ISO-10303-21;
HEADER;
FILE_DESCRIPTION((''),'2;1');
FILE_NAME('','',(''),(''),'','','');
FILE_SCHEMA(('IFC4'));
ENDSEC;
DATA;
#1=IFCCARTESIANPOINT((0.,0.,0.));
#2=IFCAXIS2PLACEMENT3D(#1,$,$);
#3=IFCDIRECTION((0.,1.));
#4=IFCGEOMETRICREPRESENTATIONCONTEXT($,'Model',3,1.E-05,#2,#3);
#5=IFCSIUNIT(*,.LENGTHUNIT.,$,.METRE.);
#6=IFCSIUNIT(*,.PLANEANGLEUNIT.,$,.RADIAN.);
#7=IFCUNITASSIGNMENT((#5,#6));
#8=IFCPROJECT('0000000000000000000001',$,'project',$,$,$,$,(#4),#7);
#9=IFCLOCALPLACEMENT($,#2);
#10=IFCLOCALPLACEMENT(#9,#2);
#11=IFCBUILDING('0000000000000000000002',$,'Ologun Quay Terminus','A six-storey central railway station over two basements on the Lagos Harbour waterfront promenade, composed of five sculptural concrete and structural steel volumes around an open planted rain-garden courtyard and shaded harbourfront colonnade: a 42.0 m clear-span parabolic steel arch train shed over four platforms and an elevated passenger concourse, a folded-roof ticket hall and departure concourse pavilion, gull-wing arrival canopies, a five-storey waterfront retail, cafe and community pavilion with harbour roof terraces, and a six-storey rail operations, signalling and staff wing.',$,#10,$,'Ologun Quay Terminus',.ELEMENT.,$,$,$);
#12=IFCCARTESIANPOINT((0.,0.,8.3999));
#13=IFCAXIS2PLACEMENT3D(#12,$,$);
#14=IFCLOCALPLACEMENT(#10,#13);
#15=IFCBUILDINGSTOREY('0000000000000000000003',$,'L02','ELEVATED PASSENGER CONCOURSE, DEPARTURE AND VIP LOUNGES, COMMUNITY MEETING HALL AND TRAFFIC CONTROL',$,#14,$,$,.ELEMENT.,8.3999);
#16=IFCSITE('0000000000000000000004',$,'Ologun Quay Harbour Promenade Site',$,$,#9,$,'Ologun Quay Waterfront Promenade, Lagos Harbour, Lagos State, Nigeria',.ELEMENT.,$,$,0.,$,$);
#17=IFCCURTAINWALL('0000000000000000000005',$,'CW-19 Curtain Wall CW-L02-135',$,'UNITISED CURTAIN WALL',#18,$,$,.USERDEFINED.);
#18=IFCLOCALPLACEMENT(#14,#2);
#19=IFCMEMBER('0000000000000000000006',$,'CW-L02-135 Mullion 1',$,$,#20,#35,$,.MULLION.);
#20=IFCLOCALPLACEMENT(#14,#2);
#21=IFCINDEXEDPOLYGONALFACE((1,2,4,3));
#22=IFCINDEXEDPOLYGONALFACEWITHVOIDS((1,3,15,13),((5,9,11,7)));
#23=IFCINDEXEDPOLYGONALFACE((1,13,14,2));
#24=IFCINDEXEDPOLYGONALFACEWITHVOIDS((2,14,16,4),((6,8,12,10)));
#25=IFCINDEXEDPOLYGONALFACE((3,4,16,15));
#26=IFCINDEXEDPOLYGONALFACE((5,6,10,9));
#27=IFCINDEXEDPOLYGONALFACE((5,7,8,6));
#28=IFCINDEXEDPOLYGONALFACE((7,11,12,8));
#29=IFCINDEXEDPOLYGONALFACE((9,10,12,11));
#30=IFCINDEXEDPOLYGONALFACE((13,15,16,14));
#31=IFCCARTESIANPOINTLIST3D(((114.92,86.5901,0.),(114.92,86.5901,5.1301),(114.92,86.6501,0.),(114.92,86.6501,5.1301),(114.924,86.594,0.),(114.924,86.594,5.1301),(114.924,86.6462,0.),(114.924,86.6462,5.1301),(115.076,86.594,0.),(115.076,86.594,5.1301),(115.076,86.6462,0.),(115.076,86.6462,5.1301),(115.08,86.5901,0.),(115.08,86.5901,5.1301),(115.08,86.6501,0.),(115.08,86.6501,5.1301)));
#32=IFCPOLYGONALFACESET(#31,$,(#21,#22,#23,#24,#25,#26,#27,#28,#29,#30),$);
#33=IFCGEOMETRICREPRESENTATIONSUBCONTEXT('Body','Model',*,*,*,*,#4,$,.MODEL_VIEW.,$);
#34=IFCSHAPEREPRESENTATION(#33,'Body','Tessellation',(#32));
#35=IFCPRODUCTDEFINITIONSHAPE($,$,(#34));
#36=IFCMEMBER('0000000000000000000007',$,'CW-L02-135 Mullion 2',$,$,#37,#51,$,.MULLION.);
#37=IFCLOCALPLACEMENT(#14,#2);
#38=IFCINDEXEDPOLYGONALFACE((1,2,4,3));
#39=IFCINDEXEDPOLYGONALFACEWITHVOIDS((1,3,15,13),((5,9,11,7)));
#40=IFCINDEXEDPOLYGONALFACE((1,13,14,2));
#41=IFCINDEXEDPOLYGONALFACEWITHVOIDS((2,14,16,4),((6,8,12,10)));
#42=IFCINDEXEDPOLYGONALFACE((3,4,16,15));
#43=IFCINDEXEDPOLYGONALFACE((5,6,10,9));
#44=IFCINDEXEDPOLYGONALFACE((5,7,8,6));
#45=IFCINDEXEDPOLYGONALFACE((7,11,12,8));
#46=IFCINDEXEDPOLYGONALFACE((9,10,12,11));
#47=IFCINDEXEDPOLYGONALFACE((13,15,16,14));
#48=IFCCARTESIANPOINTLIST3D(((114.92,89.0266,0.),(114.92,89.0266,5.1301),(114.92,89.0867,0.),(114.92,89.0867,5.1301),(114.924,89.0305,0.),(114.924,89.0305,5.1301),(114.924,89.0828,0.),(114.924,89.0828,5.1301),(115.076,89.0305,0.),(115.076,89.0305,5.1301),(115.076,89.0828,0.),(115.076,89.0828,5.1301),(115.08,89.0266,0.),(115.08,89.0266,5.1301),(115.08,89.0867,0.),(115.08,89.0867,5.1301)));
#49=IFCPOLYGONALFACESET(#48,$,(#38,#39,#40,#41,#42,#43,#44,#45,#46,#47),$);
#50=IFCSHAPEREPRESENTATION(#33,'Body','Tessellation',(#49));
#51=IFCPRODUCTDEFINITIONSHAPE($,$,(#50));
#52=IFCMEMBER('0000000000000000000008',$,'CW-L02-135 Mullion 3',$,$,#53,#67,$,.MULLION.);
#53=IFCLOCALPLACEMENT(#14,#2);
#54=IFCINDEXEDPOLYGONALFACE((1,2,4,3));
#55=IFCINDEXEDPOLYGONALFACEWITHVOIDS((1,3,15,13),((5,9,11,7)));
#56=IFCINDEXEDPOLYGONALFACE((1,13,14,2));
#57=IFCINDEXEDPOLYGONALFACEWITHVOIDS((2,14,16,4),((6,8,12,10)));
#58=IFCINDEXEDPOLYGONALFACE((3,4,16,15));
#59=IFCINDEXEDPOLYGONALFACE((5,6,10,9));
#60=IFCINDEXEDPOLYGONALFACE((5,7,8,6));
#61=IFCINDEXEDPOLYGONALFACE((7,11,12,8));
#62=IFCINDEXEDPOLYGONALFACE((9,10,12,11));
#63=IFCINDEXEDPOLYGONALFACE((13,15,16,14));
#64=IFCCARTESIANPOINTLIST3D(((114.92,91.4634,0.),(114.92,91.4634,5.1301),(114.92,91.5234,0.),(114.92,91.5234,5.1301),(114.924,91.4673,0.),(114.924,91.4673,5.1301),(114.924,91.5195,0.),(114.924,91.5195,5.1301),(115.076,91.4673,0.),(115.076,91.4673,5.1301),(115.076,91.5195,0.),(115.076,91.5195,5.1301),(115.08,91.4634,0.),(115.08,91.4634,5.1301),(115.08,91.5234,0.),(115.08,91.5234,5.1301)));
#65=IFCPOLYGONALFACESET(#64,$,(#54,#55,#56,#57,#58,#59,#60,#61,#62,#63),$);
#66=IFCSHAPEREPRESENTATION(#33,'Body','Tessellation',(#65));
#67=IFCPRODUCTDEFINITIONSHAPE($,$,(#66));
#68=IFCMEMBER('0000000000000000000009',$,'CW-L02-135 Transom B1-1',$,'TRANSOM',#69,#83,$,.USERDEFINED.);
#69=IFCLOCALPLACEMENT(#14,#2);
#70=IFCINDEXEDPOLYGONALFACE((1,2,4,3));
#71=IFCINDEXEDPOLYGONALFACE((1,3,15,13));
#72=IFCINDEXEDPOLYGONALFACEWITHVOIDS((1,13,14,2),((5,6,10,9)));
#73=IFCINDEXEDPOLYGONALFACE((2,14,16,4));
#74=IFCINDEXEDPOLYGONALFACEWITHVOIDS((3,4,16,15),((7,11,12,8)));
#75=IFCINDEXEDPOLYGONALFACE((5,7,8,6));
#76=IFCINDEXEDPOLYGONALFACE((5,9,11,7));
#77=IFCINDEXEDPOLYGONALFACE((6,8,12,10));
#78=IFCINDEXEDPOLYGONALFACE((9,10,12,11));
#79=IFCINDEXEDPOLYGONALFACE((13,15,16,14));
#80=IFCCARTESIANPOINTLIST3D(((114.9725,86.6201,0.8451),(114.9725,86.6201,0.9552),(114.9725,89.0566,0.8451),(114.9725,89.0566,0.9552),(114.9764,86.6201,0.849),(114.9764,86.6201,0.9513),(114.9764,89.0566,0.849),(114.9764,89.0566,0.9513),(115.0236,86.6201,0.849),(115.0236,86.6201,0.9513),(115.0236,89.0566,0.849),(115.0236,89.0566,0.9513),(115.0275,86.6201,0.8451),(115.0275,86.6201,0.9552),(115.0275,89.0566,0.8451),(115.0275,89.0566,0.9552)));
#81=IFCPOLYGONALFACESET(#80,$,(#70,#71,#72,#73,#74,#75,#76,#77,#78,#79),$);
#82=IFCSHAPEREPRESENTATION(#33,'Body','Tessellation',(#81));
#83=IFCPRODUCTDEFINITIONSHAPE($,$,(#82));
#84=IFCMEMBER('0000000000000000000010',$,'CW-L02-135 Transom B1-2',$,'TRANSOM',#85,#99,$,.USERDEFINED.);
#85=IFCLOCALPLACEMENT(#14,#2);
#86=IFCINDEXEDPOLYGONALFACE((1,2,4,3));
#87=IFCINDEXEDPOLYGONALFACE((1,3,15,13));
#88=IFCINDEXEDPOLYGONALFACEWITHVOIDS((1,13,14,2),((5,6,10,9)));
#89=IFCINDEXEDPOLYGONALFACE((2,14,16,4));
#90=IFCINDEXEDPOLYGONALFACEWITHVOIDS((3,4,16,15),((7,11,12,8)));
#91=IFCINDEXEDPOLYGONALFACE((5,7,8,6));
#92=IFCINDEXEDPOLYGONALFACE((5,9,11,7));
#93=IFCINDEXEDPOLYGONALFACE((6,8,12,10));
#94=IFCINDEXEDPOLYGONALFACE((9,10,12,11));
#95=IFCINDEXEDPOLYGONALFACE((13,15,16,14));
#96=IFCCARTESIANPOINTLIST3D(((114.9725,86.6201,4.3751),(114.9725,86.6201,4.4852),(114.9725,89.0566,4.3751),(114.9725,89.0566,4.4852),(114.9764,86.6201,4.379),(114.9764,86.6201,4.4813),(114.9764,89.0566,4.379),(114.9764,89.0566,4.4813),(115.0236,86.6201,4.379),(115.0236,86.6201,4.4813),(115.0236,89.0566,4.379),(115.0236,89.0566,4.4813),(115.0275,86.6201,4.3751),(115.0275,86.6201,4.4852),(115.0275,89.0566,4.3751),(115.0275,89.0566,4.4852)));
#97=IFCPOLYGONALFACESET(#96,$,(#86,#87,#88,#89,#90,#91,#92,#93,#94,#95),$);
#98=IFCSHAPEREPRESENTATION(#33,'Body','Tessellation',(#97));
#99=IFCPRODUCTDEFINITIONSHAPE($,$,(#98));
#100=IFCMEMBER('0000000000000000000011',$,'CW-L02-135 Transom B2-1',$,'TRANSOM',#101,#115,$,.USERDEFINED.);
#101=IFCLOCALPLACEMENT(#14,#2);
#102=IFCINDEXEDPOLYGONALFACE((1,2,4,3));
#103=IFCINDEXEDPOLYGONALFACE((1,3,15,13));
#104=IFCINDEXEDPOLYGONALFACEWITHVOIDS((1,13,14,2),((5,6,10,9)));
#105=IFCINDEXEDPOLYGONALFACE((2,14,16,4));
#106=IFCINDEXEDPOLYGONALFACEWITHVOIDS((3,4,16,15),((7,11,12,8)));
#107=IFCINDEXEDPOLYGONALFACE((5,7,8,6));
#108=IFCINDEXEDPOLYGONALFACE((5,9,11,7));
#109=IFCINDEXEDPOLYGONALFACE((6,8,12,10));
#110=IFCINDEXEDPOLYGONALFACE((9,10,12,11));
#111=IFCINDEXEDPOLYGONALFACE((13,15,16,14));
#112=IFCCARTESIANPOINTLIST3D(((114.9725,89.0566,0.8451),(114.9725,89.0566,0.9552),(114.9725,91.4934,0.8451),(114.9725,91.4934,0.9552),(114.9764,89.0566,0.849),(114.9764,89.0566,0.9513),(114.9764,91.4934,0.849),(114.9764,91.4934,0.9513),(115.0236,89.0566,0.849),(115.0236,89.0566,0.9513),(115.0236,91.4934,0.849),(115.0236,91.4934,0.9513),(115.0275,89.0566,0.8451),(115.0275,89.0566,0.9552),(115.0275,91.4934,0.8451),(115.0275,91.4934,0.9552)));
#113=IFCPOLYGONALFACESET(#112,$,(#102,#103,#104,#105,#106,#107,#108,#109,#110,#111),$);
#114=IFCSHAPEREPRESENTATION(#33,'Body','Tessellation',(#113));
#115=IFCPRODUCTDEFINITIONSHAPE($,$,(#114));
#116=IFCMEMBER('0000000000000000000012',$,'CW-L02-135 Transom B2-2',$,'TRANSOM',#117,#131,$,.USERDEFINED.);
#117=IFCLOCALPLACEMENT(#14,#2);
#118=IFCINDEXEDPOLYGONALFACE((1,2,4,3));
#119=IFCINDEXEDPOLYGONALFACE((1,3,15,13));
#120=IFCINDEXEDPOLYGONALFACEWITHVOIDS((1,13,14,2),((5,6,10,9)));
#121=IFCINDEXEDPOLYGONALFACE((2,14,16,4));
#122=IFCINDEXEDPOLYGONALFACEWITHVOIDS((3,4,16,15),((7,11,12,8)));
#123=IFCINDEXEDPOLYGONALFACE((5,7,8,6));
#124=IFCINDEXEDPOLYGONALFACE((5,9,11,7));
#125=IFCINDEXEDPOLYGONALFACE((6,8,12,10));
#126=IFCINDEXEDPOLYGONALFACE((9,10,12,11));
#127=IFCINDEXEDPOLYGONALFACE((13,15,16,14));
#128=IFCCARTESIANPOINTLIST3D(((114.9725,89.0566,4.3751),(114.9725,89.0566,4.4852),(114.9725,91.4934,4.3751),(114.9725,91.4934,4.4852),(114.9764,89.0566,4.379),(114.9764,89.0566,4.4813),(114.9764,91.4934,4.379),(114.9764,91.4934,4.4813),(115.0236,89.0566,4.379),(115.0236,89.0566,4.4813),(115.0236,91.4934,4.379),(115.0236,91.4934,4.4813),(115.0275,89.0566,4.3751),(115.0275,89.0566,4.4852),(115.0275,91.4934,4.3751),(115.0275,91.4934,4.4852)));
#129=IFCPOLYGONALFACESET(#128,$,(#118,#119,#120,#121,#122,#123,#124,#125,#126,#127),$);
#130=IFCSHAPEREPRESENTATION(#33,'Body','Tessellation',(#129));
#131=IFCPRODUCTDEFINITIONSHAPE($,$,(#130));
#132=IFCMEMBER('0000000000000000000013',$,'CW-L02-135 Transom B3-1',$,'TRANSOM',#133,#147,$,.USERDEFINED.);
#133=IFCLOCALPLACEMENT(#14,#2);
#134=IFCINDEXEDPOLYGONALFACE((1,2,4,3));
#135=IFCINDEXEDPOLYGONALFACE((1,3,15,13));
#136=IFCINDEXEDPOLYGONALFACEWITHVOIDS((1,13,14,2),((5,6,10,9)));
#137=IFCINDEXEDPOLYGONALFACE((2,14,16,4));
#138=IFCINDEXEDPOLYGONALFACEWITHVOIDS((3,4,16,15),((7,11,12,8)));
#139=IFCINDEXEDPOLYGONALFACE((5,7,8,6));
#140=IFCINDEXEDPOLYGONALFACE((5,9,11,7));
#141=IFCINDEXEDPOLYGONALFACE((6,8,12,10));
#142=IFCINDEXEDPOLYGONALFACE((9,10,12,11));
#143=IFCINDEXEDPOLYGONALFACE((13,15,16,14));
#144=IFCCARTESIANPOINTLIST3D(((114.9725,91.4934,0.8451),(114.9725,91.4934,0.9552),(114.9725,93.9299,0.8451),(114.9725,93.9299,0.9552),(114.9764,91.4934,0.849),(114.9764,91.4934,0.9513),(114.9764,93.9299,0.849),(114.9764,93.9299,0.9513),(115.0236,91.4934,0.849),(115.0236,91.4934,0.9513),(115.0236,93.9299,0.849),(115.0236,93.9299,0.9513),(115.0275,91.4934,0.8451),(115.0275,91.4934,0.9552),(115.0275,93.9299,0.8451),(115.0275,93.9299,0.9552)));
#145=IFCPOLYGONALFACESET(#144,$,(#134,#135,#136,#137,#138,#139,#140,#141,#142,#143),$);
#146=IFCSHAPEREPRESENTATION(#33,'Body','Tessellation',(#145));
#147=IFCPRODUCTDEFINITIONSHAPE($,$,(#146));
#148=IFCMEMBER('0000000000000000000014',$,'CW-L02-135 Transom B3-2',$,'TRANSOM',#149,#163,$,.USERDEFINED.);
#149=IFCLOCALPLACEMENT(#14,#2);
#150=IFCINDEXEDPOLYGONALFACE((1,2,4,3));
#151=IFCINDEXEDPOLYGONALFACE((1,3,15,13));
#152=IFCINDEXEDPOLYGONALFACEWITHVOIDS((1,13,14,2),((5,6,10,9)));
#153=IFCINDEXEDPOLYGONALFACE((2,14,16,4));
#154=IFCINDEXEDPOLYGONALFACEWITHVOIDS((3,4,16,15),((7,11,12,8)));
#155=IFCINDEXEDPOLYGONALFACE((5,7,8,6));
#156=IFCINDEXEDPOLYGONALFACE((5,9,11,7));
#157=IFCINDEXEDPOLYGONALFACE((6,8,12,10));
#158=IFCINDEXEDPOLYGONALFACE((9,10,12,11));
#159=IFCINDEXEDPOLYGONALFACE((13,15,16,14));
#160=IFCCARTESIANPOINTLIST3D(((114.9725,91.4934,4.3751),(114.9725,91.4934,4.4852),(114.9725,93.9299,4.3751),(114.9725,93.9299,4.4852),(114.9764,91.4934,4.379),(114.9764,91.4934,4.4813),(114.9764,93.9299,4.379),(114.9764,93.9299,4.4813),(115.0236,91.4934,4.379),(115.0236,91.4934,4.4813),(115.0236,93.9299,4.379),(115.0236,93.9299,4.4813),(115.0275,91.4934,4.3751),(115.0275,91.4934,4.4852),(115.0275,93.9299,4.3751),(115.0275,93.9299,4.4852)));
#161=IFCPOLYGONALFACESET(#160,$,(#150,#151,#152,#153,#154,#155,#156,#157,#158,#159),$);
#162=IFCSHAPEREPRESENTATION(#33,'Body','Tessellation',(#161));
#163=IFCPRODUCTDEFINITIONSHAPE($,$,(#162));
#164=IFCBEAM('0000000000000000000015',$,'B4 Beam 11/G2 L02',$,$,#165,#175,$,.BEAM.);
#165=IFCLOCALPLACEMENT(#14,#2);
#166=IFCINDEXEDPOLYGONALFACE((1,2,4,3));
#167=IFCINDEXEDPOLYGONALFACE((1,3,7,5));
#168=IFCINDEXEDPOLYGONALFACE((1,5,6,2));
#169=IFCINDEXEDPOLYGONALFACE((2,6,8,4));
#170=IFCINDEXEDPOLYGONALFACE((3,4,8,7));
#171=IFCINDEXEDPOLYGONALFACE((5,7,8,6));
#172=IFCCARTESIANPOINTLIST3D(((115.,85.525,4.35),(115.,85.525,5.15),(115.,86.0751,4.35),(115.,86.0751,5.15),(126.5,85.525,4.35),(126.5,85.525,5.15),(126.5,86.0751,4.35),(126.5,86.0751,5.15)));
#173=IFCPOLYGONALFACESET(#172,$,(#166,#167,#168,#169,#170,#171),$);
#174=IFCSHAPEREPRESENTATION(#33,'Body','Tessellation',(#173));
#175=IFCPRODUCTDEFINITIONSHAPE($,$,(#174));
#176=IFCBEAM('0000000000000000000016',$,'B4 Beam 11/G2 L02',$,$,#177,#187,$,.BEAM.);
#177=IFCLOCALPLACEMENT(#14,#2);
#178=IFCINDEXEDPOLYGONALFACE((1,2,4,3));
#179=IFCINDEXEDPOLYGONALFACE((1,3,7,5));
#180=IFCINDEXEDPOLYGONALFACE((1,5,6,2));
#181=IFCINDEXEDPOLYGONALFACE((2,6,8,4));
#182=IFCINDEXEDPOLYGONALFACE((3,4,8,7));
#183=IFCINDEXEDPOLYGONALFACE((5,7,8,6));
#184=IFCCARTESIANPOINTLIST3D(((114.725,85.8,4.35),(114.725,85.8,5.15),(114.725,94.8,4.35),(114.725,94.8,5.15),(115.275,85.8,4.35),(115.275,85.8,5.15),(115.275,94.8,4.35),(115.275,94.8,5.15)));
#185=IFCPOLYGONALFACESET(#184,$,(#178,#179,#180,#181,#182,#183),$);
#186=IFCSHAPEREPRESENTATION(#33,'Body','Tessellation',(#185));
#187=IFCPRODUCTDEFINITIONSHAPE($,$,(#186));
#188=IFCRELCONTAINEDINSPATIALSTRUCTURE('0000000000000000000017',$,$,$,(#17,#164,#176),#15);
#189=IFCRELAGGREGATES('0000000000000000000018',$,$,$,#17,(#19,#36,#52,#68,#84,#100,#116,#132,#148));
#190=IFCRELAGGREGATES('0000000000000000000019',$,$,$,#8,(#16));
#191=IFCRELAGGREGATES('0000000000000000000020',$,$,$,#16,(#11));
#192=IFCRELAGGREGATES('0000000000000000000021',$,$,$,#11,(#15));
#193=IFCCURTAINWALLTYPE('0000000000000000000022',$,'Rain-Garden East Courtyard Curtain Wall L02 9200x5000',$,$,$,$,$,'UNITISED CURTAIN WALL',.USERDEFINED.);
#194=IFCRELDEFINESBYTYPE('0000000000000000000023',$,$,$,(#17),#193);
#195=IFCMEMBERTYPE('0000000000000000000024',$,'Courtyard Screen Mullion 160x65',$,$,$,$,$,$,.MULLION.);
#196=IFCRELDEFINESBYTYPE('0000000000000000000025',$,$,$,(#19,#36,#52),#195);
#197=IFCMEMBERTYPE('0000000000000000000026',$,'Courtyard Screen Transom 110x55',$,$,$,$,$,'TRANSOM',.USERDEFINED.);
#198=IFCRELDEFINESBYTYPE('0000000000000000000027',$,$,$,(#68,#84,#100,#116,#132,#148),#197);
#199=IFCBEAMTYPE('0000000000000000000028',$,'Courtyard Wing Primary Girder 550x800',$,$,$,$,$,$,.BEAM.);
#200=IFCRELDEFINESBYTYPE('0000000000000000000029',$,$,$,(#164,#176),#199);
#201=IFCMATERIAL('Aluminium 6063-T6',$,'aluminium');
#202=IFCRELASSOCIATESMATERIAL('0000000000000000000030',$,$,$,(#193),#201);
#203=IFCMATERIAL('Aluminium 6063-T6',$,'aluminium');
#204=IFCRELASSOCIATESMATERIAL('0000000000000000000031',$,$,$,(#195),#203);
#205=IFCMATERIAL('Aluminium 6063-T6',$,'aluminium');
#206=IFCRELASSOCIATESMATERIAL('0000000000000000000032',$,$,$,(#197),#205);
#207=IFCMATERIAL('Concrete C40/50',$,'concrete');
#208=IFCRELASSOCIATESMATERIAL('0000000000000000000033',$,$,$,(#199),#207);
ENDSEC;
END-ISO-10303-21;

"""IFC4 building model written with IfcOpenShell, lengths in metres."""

from ifc_helpers import new_model, si_unit, direction, frame, origin, origin_2d, place, context, subcontext, project, spatial, rectangle, hollow_rectangle, extrude, material, material_profile, profile_set, type_object, element, aggregate, save


model = new_model("IFC4")

# Units and contexts
model_context = context("Model", 3, precision=1e-05, world=origin(), true_north=direction((0.0, 1.0)))
body_context = subcontext(model_context, "Body", "Model", "MODEL_VIEW")
ifc_project = project(units=[si_unit("LENGTHUNIT", "METRE"), si_unit("PLANEANGLEUNIT", "RADIAN")], contexts=[model_context])

# Site, building, storey
site_placement = place(None, origin())
site = spatial("IfcSite", under=ifc_project, at=site_placement, Name="Ologun Quay Harbour Promenade Site", LongName="Ologun Quay Waterfront Promenade, Lagos Harbour, Lagos State, Nigeria", CompositionType="ELEMENT", RefElevation=0.0)
building_placement = place(site_placement, origin())
building = spatial("IfcBuilding", under=site, at=building_placement, Name="Ologun Quay Terminus", Description="A six-storey central railway station over two basements on the Lagos Harbour waterfront promenade, composed of five sculptural concrete and structural steel volumes around an open planted rain-garden courtyard and shaded harbourfront colonnade: a 42.0 m clear-span parabolic steel arch train shed over four platforms and an elevated passenger concourse, a folded-roof ticket hall and departure concourse pavilion, gull-wing arrival canopies, a five-storey waterfront retail, cafe and community pavilion with harbour roof terraces, and a six-storey rail operations, signalling and staff wing.", LongName="Ologun Quay Terminus", CompositionType="ELEMENT")
storey_placement = place(building_placement, frame((0.0, 0.0, 8.3999)))
storey = spatial("IfcBuildingStorey", under=building, at=storey_placement, Name="L02", Description="ELEVATED PASSENGER CONCOURSE, DEPARTURE AND VIP LOUNGES, COMMUNITY MEETING HALL AND TRAFFIC CONTROL", CompositionType="ELEMENT", Elevation=8.3999)

# Curtain wall, members
ifc_material_1 = material(Name="Aluminium 6063-T6", Category="aluminium")
curtain_wall_type = type_object("IfcCurtainWallType", Name="Rain-Garden East Courtyard Curtain Wall L02 9200x5000", ElementType="UNITISED CURTAIN WALL", PredefinedType="USERDEFINED", material=ifc_material_1)
curtain_wall_placement = place(storey_placement, origin())
curtain_wall = element("IfcCurtainWall", 1, at=curtain_wall_placement, inside=storey, type_object=curtain_wall_type, Name="CW-19 Curtain Wall CW-L02-135", ObjectType="UNITISED CURTAIN WALL", PredefinedType="USERDEFINED")
ifc_material_2 = material(Name="Aluminium 6063-T6", Category="aluminium")
ifc_material_profile_1 = material_profile(ifc_material_2, hollow_rectangle(XDim=0.0601, YDim=0.1599, WallThickness=0.0039, at=origin_2d()), Name="ALU 160x60x4")
ifc_profile_set_1 = profile_set([ifc_material_profile_1], Name="Aluminium 6063-T6")
member_type_1 = type_object("IfcMemberType", Name="Courtyard Screen Mullion 160x65", PredefinedType="MULLION", material=ifc_profile_set_1)
member_1_placement = place(storey_placement, frame((115.0, 86.6201, 0.0), z_axis=(0.0, 0.0, 1.0), x_axis=(0.0, 1.0, 0.0)))
member_1 = element("IfcMember", 2, at=member_1_placement, type_object=member_type_1, Name="CW-L02-135 Mullion 1", PredefinedType="MULLION", context=body_context, shape_type="SweptSolid", body=[
    extrude(hollow_rectangle(XDim=0.0601, YDim=0.1599, WallThickness=0.0039, at=origin_2d()), origin(), (0.0, 0.0, 1.0), 5.1301),
])
member_2_placement = place(storey_placement, frame((115.0, 89.0566, 0.0), z_axis=(0.0, 0.0, 1.0), x_axis=(0.0, 1.0, 0.0)))
member_2 = element("IfcMember", 3, at=member_2_placement, type_object=member_type_1, Name="CW-L02-135 Mullion 2", PredefinedType="MULLION", context=body_context, shape_type="SweptSolid", body=[
    extrude(hollow_rectangle(XDim=0.0601, YDim=0.1599, WallThickness=0.0039, at=origin_2d()), origin(), (0.0, 0.0, 1.0), 5.1301),
])
member_3_placement = place(storey_placement, frame((115.0, 91.4934, 0.0), z_axis=(0.0, 0.0, 1.0), x_axis=(0.0, 1.0, 0.0)))
member_3 = element("IfcMember", 4, at=member_3_placement, type_object=member_type_1, Name="CW-L02-135 Mullion 3", PredefinedType="MULLION", context=body_context, shape_type="SweptSolid", body=[
    extrude(hollow_rectangle(XDim=0.0601, YDim=0.1599, WallThickness=0.0039, at=origin_2d()), origin(), (0.0, 0.0, 1.0), 5.1301),
])
ifc_material_3 = material(Name="Aluminium 6063-T6", Category="aluminium")
ifc_material_profile_2 = material_profile(ifc_material_3, hollow_rectangle(XDim=0.0549, YDim=0.1101, WallThickness=0.0039, at=origin_2d()), Name="ALU 110x55x4")
ifc_profile_set_2 = profile_set([ifc_material_profile_2], Name="Aluminium 6063-T6")
member_type_2 = type_object("IfcMemberType", Name="Courtyard Screen Transom 110x55", ElementType="TRANSOM", PredefinedType="USERDEFINED", material=ifc_profile_set_2)
member_4_placement = place(storey_placement, frame((115.0, 86.6201, 0.9001), z_axis=(0.0, 1.0, 0.0), x_axis=(-1.0, 0.0, 0.0)))
member_4 = element("IfcMember", 5, at=member_4_placement, type_object=member_type_2, Name="CW-L02-135 Transom B1-1", ObjectType="TRANSOM", PredefinedType="USERDEFINED", context=body_context, shape_type="SweptSolid", body=[
    extrude(hollow_rectangle(XDim=0.0549, YDim=0.1101, WallThickness=0.0039, at=origin_2d()), origin(), (0.0, 0.0, 1.0), 2.4365),
])
member_5_placement = place(storey_placement, frame((115.0, 86.6201, 4.4302), z_axis=(0.0, 1.0, 0.0), x_axis=(-1.0, 0.0, 0.0)))
member_5 = element("IfcMember", 6, at=member_5_placement, type_object=member_type_2, Name="CW-L02-135 Transom B1-2", ObjectType="TRANSOM", PredefinedType="USERDEFINED", context=body_context, shape_type="SweptSolid", body=[
    extrude(hollow_rectangle(XDim=0.0549, YDim=0.1101, WallThickness=0.0039, at=origin_2d()), origin(), (0.0, 0.0, 1.0), 2.4365),
])
member_6_placement = place(storey_placement, frame((115.0, 89.0566, 0.9001), z_axis=(0.0, 1.0, 0.0), x_axis=(-1.0, 0.0, 0.0)))
member_6 = element("IfcMember", 7, at=member_6_placement, type_object=member_type_2, Name="CW-L02-135 Transom B2-1", ObjectType="TRANSOM", PredefinedType="USERDEFINED", context=body_context, shape_type="SweptSolid", body=[
    extrude(hollow_rectangle(XDim=0.0549, YDim=0.1101, WallThickness=0.0039, at=origin_2d()), origin(), (0.0, 0.0, 1.0), 2.4368),
])
member_7_placement = place(storey_placement, frame((115.0, 89.0566, 4.4302), z_axis=(0.0, 1.0, 0.0), x_axis=(-1.0, 0.0, 0.0)))
member_7 = element("IfcMember", 8, at=member_7_placement, type_object=member_type_2, Name="CW-L02-135 Transom B2-2", ObjectType="TRANSOM", PredefinedType="USERDEFINED", context=body_context, shape_type="SweptSolid", body=[
    extrude(hollow_rectangle(XDim=0.0549, YDim=0.1101, WallThickness=0.0039, at=origin_2d()), origin(), (0.0, 0.0, 1.0), 2.4368),
])
member_8_placement = place(storey_placement, frame((115.0, 91.4934, 0.9001), z_axis=(0.0, 1.0, 0.0), x_axis=(-1.0, 0.0, 0.0)))
member_8 = element("IfcMember", 9, at=member_8_placement, type_object=member_type_2, Name="CW-L02-135 Transom B3-1", ObjectType="TRANSOM", PredefinedType="USERDEFINED", context=body_context, shape_type="SweptSolid", body=[
    extrude(hollow_rectangle(XDim=0.0549, YDim=0.1101, WallThickness=0.0039, at=origin_2d()), origin(), (0.0, 0.0, 1.0), 2.4365),
])
member_9_placement = place(storey_placement, frame((115.0, 91.4934, 4.4302), z_axis=(0.0, 1.0, 0.0), x_axis=(-1.0, 0.0, 0.0)))
member_9 = element("IfcMember", 10, at=member_9_placement, type_object=member_type_2, Name="CW-L02-135 Transom B3-2", ObjectType="TRANSOM", PredefinedType="USERDEFINED", context=body_context, shape_type="SweptSolid", body=[
    extrude(hollow_rectangle(XDim=0.0549, YDim=0.1101, WallThickness=0.0039, at=origin_2d()), origin(), (0.0, 0.0, 1.0), 2.4365),
])

# Beams
ifc_material_4 = material(Name="Concrete C40/50", Category="concrete")
ifc_material_profile_3 = material_profile(ifc_material_4, rectangle(XDim=0.55, YDim=0.8, at=origin_2d()), Name="RC 550x800")
ifc_profile_set_3 = profile_set([ifc_material_profile_3], Name="Concrete C40/50")
beam_type = type_object("IfcBeamType", Name="Courtyard Wing Primary Girder 550x800", PredefinedType="BEAM", material=ifc_profile_set_3)
beam_1_placement = place(storey_placement, frame((115.0, 85.8, 4.75), z_axis=(1.0, 0.0, 0.0), x_axis=(0.0, 1.0, 0.0)))
element("IfcBeam", 11, at=beam_1_placement, inside=storey, type_object=beam_type, Name="B4 Beam 11/G2 L02", PredefinedType="BEAM", context=body_context, shape_type="SweptSolid", body=[
    extrude(rectangle(XDim=0.55, YDim=0.8, at=origin_2d()), origin(), (0.0, 0.0, 1.0), 11.5),
])
beam_2_placement = place(storey_placement, frame((115.0, 85.8, 4.75), z_axis=(0.0, 1.0, 0.0), x_axis=(-1.0, 0.0, 0.0)))
element("IfcBeam", 12, at=beam_2_placement, inside=storey, type_object=beam_type, Name="B4 Beam 11/G2 L02", PredefinedType="BEAM", context=body_context, shape_type="SweptSolid", body=[
    extrude(rectangle(XDim=0.55, YDim=0.8, at=origin_2d()), origin(), (0.0, 0.0, 1.0), 9.0),
])

aggregate(curtain_wall, [member_1, member_2, member_3, member_4, member_5, member_6, member_7, member_8, member_9])

save(model, "model.ifc")
